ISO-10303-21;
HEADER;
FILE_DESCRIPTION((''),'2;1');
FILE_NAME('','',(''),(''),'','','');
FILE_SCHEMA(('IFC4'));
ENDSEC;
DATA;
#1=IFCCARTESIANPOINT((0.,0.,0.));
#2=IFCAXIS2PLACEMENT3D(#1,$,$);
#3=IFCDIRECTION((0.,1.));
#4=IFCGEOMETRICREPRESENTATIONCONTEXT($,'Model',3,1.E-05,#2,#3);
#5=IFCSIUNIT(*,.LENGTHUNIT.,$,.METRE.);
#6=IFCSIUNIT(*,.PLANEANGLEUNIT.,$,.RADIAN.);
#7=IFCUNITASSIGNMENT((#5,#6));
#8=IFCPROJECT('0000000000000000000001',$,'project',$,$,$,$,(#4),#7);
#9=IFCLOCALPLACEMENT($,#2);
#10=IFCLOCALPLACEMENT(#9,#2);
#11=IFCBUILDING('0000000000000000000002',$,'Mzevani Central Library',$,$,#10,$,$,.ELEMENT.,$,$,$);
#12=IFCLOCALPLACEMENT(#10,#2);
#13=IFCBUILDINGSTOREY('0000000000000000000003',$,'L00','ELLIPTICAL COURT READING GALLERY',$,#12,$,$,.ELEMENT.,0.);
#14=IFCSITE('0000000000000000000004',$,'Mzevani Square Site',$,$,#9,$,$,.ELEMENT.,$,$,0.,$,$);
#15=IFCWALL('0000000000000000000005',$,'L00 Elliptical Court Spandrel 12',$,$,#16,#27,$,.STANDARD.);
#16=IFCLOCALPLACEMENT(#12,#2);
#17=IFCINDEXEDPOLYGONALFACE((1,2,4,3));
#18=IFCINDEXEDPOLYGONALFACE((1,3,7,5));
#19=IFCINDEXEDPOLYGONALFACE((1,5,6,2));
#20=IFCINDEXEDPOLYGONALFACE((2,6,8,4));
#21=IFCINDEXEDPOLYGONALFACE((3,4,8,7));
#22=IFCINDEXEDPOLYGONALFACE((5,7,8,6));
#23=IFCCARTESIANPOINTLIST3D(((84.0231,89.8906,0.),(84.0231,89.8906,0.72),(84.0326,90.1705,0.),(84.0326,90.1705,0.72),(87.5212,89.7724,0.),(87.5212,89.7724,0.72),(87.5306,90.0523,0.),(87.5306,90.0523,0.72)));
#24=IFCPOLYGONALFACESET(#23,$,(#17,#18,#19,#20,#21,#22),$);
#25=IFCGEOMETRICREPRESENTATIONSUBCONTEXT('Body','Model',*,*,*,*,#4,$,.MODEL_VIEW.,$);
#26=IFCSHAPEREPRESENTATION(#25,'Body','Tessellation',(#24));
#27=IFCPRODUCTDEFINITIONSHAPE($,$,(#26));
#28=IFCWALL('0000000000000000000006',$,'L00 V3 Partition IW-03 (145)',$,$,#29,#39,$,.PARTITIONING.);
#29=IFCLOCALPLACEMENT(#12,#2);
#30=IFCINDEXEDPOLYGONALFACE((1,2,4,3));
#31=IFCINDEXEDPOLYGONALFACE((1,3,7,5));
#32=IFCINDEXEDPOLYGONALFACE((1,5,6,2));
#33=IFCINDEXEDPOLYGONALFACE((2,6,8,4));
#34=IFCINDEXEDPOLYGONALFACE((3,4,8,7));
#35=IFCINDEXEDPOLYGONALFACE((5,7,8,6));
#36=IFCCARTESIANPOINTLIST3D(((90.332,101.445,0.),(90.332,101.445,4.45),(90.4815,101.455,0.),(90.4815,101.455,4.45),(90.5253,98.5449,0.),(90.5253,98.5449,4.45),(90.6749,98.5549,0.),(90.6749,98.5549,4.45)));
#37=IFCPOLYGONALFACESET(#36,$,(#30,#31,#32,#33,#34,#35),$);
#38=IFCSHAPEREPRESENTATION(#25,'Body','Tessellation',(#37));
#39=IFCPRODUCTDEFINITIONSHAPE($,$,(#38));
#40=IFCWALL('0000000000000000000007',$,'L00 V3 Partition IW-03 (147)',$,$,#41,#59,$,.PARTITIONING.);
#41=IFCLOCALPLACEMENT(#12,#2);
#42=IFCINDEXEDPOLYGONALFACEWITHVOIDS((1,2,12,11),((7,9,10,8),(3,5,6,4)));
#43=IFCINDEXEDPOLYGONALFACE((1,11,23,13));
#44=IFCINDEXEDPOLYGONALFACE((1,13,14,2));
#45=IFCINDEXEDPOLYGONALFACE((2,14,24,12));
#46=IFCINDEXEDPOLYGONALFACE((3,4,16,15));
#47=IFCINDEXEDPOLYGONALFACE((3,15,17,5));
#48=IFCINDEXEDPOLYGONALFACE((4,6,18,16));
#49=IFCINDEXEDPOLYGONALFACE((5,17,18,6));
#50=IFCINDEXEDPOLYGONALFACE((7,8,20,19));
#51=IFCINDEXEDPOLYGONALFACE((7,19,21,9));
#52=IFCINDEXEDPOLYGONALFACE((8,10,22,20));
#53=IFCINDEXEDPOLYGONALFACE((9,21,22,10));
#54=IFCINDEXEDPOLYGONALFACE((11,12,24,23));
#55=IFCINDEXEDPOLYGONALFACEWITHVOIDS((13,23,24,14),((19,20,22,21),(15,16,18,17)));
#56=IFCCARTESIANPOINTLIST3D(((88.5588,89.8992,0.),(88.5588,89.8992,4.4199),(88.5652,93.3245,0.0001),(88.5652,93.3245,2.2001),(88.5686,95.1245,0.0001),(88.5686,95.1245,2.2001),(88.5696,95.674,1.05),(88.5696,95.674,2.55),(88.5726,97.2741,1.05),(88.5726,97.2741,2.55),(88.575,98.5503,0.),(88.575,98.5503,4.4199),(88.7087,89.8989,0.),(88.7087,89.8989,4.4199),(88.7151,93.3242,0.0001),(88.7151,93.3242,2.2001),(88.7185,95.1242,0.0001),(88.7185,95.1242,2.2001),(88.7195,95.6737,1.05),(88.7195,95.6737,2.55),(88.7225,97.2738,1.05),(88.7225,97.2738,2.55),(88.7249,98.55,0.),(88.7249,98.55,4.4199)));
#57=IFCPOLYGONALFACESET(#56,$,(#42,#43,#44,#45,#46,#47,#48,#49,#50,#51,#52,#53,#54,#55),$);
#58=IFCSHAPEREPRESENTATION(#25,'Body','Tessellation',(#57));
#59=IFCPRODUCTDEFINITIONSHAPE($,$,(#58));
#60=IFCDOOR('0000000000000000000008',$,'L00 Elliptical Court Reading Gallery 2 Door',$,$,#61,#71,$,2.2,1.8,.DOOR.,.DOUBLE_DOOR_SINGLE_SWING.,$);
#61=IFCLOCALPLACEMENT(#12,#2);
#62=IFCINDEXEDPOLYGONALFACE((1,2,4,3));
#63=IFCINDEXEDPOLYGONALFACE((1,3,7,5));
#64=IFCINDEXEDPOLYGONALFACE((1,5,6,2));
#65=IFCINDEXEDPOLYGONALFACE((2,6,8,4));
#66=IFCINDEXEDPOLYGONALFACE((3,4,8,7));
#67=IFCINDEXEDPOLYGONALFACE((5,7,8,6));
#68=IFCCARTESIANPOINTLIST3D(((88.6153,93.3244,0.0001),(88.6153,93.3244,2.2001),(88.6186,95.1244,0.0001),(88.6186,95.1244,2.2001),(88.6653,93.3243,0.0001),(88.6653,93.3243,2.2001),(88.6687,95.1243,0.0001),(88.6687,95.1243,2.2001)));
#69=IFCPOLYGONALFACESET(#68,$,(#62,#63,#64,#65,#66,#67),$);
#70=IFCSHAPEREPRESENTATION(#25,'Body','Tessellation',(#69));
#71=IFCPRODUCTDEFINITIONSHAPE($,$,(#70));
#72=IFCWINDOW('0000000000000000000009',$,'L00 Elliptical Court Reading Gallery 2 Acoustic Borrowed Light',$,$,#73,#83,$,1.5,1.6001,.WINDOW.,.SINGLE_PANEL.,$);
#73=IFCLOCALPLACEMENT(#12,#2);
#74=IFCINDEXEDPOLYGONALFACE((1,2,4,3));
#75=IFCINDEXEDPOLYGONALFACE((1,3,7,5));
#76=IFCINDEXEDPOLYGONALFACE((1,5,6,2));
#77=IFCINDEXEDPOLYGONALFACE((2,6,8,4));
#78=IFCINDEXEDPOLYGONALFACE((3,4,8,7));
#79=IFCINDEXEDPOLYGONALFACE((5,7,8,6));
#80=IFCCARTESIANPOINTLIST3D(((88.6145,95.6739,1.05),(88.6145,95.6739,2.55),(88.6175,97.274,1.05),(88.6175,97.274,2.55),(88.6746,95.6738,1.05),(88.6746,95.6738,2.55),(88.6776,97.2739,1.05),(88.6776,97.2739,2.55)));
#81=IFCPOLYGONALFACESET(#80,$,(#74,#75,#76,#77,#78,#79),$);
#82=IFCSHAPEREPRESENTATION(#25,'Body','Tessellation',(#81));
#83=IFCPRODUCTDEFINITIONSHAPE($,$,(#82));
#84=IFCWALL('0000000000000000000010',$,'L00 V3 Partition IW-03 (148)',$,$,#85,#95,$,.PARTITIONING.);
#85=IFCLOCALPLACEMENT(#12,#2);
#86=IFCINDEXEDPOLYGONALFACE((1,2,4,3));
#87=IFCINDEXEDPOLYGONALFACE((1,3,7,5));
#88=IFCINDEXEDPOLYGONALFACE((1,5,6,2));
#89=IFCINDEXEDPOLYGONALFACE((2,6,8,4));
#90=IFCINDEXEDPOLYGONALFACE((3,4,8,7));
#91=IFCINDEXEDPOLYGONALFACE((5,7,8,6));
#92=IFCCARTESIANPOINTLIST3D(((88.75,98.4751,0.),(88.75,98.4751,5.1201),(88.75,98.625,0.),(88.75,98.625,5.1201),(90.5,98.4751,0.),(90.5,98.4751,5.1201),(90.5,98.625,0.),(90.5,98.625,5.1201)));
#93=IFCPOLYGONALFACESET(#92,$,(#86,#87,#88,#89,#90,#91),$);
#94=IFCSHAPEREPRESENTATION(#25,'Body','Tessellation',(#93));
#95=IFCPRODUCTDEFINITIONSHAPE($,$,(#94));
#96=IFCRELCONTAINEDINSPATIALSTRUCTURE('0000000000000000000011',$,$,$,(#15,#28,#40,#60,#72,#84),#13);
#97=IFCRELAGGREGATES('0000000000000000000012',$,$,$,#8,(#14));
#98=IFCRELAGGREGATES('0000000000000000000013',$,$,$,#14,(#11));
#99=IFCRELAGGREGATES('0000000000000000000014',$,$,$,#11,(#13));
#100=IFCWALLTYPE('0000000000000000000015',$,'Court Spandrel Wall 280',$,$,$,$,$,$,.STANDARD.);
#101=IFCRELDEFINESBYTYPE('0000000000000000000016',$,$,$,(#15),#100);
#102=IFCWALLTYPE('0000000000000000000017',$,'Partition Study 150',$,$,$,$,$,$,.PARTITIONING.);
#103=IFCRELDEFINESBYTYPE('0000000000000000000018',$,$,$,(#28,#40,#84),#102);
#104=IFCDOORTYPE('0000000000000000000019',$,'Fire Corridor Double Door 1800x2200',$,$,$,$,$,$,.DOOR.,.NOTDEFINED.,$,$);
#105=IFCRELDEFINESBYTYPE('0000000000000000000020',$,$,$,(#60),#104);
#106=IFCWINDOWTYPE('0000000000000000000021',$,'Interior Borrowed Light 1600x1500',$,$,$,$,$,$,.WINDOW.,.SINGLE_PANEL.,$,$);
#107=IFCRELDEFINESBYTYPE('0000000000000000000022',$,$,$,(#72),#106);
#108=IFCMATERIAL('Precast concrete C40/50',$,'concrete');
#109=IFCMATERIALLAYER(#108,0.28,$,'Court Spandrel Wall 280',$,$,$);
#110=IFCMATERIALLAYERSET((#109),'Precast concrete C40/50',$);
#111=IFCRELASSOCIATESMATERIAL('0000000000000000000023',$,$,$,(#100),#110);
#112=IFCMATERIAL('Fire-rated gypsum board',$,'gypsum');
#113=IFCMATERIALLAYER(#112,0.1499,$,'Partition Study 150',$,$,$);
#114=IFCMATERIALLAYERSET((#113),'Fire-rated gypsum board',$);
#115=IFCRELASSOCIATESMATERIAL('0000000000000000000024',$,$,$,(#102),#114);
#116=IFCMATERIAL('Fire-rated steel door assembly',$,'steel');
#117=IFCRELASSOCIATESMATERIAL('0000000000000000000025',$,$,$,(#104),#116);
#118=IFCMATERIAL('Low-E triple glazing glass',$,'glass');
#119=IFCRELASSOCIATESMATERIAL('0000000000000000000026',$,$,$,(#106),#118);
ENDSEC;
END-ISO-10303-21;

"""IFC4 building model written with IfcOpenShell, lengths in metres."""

from ifc_helpers import new_model, si_unit, direction, frame, frame_2d, origin, place, context, subcontext, project, spatial, rectangle, extrude, material, layer, layer_set, type_object, element, fill, save


model = new_model("IFC4")

# Units and contexts
model_context = context("Model", 3, precision=1e-05, world=origin(), true_north=direction((0.0, 1.0)))
body_context = subcontext(model_context, "Body", "Model", "MODEL_VIEW")
ifc_project = project(units=[si_unit("LENGTHUNIT", "METRE"), si_unit("PLANEANGLEUNIT", "RADIAN")], contexts=[model_context])

# Site, building, storey
site_placement = place(None, origin())
site = spatial("IfcSite", under=ifc_project, at=site_placement, Name="Mzevani Square Site", CompositionType="ELEMENT", RefElevation=0.0)
building_placement = place(site_placement, origin())
building = spatial("IfcBuilding", under=site, at=building_placement, Name="Mzevani Central Library", CompositionType="ELEMENT")
storey_placement = place(building_placement, origin())
storey = spatial("IfcBuildingStorey", under=building, at=storey_placement, Name="L00", Description="ELLIPTICAL COURT READING GALLERY", CompositionType="ELEMENT", Elevation=0.0)

# Shared definitions
ifc_material_1 = material(Name="Low-E triple glazing glass", Category="glass")

# Walls
ifc_material_2 = material(Name="Precast concrete C40/50", Category="concrete")
ifc_layer_1 = layer(ifc_material_2, 0.28, Name="Court Spandrel Wall 280")
ifc_layer_set_1 = layer_set([ifc_layer_1], Name="Precast concrete C40/50")
wall_type_1 = type_object("IfcWallType", Name="Court Spandrel Wall 280", PredefinedType="STANDARD", material=ifc_layer_set_1)
wall_1_placement = place(storey_placement, frame((87.5259, 89.9124, 0.0), z_axis=(0.0, 0.0, 1.0), x_axis=(-0.99943, 0.033761, 0.0)))
element("IfcWall", 1, at=wall_1_placement, inside=storey, type_object=wall_type_1, Name="L00 Elliptical Court Spandrel 12", PredefinedType="STANDARD", context=body_context, shape_type="SweptSolid", body=[
    extrude(rectangle(XDim=3.5, YDim=0.28, at=frame_2d((1.75, 0.0))), origin(), (0.0, 0.0, 1.0), 0.72),
])
ifc_material_3 = material(Name="Fire-rated gypsum board", Category="gypsum")
ifc_layer_2 = layer(ifc_material_3, 0.1499, Name="Partition Study 150")
ifc_layer_set_2 = layer_set([ifc_layer_2], Name="Fire-rated gypsum board")
wall_type_2 = type_object("IfcWallType", Name="Partition Study 150", PredefinedType="PARTITIONING", material=ifc_layer_set_2)
wall_2_placement = place(storey_placement, frame((90.6001, 98.55, 0.0), z_axis=(0.0, 0.0, 1.0), x_axis=(-0.066525, 0.997785, 0.0)))
element("IfcWall", 2, at=wall_2_placement, inside=storey, type_object=wall_type_2, Name="L00 V3 Partition IW-03 (145)", PredefinedType="PARTITIONING", context=body_context, shape_type="SweptSolid", body=[
    extrude(rectangle(XDim=2.9065, YDim=0.1499, at=frame_2d((1.4531, 0.0))), origin(), (0.0, 0.0, 1.0), 4.45),
])

# Wall, openings, door, window
wall_3_placement = place(storey_placement, frame((88.6338, 89.8989, 0.0), z_axis=(0.0, 0.0, 1.0), x_axis=(0.001863, 0.999998, 0.0)))
wall_3 = element("IfcWall", 3, at=wall_3_placement, inside=storey, type_object=wall_type_2, Name="L00 V3 Partition IW-03 (147)", PredefinedType="PARTITIONING", context=body_context, shape_type="SweptSolid", body=[
    extrude(rectangle(XDim=8.6511, YDim=0.1499, at=frame_2d((4.3257, 0.0))), origin(), (0.0, 0.0, 1.0), 4.4199),
])
opening_1_placement = place(wall_3_placement, frame((3.4255, 0.0, 0.0)))
opening_1 = element("IfcOpeningElement", 4, at=opening_1_placement, cuts=wall_3, PredefinedType="OPENING", context=body_context, shape_type="SweptSolid", body=[
    extrude(rectangle(XDim=1.8, YDim=2.2, at=frame_2d((0.8999, 1.1001))), frame((0.0, 0.085, 0.0), z_axis=(0.0, -1.0, 0.0), x_axis=(1.0, 0.0, 0.0)), (0.0, 0.0, 1.0), 0.1699),
])
opening_2_placement = place(wall_3_placement, frame((5.7749, 0.0, 1.05)))
opening_2 = element("IfcOpeningElement", 5, at=opening_2_placement, cuts=wall_3, PredefinedType="OPENING", context=body_context, shape_type="SweptSolid", body=[
    extrude(rectangle(XDim=1.6001, YDim=1.5, at=frame_2d((0.8, 0.75))), frame((0.0, 0.085, 0.0), z_axis=(0.0, -1.0, 0.0), x_axis=(1.0, 0.0, 0.0)), (0.0, 0.0, 1.0), 0.1699),
])
ifc_material_4 = material(Name="Fire-rated steel door assembly", Category="steel")
door_type = type_object("IfcDoorType", Name="Fire Corridor Double Door 1800x2200", OperationType="NOTDEFINED", PredefinedType="DOOR", material=ifc_material_4)
door_placement = place(opening_1_placement, origin())
door = element("IfcDoor", 6, at=door_placement, inside=storey, type_object=door_type, Name="L00 Elliptical Court Reading Gallery 2 Door", OperationType="DOUBLE_DOOR_SINGLE_SWING", OverallHeight=2.2, OverallWidth=1.8, PredefinedType="DOOR", context=body_context, shape_type="SweptSolid", body=[
    extrude(rectangle(XDim=1.8, YDim=2.2, at=frame_2d((0.8999, 1.1001))), frame((0.0, 0.0249, 0.0), z_axis=(0.0, -1.0, 0.0), x_axis=(1.0, 0.0, 0.0)), (0.0, 0.0, 1.0), 0.05),
])
fill(opening_1, door)
window_type = type_object("IfcWindowType", Name="Interior Borrowed Light 1600x1500", PartitioningType="SINGLE_PANEL", PredefinedType="WINDOW", material=ifc_material_1)
window_placement = place(opening_2_placement, origin())
window = element("IfcWindow", 7, at=window_placement, inside=storey, type_object=window_type, Name="L00 Elliptical Court Reading Gallery 2 Acoustic Borrowed Light", OverallHeight=1.5, OverallWidth=1.6001, PartitioningType="SINGLE_PANEL", PredefinedType="WINDOW", context=body_context, shape_type="SweptSolid", body=[
    extrude(rectangle(XDim=1.6001, YDim=1.5, at=frame_2d((0.8, 0.75))), frame((0.0, 0.03, 0.0), z_axis=(0.0, -1.0, 0.0), x_axis=(1.0, 0.0, 0.0)), (0.0, 0.0, 1.0), 0.0601),
])
fill(opening_2, window)

# Wall
wall_4_placement = place(storey_placement, frame((88.75, 98.55, 0.0), z_axis=(0.0, 0.0, 1.0), x_axis=(1.0, 0.0, 0.0)))
element("IfcWall", 8, at=wall_4_placement, inside=storey, type_object=wall_type_2, Name="L00 V3 Partition IW-03 (148)", PredefinedType="PARTITIONING", context=body_context, shape_type="SweptSolid", body=[
    extrude(rectangle(XDim=1.75, YDim=0.1499, at=frame_2d((0.875, 0.0))), origin(), (0.0, 0.0, 1.0), 5.1201),
])

save(model, "model.ifc")
